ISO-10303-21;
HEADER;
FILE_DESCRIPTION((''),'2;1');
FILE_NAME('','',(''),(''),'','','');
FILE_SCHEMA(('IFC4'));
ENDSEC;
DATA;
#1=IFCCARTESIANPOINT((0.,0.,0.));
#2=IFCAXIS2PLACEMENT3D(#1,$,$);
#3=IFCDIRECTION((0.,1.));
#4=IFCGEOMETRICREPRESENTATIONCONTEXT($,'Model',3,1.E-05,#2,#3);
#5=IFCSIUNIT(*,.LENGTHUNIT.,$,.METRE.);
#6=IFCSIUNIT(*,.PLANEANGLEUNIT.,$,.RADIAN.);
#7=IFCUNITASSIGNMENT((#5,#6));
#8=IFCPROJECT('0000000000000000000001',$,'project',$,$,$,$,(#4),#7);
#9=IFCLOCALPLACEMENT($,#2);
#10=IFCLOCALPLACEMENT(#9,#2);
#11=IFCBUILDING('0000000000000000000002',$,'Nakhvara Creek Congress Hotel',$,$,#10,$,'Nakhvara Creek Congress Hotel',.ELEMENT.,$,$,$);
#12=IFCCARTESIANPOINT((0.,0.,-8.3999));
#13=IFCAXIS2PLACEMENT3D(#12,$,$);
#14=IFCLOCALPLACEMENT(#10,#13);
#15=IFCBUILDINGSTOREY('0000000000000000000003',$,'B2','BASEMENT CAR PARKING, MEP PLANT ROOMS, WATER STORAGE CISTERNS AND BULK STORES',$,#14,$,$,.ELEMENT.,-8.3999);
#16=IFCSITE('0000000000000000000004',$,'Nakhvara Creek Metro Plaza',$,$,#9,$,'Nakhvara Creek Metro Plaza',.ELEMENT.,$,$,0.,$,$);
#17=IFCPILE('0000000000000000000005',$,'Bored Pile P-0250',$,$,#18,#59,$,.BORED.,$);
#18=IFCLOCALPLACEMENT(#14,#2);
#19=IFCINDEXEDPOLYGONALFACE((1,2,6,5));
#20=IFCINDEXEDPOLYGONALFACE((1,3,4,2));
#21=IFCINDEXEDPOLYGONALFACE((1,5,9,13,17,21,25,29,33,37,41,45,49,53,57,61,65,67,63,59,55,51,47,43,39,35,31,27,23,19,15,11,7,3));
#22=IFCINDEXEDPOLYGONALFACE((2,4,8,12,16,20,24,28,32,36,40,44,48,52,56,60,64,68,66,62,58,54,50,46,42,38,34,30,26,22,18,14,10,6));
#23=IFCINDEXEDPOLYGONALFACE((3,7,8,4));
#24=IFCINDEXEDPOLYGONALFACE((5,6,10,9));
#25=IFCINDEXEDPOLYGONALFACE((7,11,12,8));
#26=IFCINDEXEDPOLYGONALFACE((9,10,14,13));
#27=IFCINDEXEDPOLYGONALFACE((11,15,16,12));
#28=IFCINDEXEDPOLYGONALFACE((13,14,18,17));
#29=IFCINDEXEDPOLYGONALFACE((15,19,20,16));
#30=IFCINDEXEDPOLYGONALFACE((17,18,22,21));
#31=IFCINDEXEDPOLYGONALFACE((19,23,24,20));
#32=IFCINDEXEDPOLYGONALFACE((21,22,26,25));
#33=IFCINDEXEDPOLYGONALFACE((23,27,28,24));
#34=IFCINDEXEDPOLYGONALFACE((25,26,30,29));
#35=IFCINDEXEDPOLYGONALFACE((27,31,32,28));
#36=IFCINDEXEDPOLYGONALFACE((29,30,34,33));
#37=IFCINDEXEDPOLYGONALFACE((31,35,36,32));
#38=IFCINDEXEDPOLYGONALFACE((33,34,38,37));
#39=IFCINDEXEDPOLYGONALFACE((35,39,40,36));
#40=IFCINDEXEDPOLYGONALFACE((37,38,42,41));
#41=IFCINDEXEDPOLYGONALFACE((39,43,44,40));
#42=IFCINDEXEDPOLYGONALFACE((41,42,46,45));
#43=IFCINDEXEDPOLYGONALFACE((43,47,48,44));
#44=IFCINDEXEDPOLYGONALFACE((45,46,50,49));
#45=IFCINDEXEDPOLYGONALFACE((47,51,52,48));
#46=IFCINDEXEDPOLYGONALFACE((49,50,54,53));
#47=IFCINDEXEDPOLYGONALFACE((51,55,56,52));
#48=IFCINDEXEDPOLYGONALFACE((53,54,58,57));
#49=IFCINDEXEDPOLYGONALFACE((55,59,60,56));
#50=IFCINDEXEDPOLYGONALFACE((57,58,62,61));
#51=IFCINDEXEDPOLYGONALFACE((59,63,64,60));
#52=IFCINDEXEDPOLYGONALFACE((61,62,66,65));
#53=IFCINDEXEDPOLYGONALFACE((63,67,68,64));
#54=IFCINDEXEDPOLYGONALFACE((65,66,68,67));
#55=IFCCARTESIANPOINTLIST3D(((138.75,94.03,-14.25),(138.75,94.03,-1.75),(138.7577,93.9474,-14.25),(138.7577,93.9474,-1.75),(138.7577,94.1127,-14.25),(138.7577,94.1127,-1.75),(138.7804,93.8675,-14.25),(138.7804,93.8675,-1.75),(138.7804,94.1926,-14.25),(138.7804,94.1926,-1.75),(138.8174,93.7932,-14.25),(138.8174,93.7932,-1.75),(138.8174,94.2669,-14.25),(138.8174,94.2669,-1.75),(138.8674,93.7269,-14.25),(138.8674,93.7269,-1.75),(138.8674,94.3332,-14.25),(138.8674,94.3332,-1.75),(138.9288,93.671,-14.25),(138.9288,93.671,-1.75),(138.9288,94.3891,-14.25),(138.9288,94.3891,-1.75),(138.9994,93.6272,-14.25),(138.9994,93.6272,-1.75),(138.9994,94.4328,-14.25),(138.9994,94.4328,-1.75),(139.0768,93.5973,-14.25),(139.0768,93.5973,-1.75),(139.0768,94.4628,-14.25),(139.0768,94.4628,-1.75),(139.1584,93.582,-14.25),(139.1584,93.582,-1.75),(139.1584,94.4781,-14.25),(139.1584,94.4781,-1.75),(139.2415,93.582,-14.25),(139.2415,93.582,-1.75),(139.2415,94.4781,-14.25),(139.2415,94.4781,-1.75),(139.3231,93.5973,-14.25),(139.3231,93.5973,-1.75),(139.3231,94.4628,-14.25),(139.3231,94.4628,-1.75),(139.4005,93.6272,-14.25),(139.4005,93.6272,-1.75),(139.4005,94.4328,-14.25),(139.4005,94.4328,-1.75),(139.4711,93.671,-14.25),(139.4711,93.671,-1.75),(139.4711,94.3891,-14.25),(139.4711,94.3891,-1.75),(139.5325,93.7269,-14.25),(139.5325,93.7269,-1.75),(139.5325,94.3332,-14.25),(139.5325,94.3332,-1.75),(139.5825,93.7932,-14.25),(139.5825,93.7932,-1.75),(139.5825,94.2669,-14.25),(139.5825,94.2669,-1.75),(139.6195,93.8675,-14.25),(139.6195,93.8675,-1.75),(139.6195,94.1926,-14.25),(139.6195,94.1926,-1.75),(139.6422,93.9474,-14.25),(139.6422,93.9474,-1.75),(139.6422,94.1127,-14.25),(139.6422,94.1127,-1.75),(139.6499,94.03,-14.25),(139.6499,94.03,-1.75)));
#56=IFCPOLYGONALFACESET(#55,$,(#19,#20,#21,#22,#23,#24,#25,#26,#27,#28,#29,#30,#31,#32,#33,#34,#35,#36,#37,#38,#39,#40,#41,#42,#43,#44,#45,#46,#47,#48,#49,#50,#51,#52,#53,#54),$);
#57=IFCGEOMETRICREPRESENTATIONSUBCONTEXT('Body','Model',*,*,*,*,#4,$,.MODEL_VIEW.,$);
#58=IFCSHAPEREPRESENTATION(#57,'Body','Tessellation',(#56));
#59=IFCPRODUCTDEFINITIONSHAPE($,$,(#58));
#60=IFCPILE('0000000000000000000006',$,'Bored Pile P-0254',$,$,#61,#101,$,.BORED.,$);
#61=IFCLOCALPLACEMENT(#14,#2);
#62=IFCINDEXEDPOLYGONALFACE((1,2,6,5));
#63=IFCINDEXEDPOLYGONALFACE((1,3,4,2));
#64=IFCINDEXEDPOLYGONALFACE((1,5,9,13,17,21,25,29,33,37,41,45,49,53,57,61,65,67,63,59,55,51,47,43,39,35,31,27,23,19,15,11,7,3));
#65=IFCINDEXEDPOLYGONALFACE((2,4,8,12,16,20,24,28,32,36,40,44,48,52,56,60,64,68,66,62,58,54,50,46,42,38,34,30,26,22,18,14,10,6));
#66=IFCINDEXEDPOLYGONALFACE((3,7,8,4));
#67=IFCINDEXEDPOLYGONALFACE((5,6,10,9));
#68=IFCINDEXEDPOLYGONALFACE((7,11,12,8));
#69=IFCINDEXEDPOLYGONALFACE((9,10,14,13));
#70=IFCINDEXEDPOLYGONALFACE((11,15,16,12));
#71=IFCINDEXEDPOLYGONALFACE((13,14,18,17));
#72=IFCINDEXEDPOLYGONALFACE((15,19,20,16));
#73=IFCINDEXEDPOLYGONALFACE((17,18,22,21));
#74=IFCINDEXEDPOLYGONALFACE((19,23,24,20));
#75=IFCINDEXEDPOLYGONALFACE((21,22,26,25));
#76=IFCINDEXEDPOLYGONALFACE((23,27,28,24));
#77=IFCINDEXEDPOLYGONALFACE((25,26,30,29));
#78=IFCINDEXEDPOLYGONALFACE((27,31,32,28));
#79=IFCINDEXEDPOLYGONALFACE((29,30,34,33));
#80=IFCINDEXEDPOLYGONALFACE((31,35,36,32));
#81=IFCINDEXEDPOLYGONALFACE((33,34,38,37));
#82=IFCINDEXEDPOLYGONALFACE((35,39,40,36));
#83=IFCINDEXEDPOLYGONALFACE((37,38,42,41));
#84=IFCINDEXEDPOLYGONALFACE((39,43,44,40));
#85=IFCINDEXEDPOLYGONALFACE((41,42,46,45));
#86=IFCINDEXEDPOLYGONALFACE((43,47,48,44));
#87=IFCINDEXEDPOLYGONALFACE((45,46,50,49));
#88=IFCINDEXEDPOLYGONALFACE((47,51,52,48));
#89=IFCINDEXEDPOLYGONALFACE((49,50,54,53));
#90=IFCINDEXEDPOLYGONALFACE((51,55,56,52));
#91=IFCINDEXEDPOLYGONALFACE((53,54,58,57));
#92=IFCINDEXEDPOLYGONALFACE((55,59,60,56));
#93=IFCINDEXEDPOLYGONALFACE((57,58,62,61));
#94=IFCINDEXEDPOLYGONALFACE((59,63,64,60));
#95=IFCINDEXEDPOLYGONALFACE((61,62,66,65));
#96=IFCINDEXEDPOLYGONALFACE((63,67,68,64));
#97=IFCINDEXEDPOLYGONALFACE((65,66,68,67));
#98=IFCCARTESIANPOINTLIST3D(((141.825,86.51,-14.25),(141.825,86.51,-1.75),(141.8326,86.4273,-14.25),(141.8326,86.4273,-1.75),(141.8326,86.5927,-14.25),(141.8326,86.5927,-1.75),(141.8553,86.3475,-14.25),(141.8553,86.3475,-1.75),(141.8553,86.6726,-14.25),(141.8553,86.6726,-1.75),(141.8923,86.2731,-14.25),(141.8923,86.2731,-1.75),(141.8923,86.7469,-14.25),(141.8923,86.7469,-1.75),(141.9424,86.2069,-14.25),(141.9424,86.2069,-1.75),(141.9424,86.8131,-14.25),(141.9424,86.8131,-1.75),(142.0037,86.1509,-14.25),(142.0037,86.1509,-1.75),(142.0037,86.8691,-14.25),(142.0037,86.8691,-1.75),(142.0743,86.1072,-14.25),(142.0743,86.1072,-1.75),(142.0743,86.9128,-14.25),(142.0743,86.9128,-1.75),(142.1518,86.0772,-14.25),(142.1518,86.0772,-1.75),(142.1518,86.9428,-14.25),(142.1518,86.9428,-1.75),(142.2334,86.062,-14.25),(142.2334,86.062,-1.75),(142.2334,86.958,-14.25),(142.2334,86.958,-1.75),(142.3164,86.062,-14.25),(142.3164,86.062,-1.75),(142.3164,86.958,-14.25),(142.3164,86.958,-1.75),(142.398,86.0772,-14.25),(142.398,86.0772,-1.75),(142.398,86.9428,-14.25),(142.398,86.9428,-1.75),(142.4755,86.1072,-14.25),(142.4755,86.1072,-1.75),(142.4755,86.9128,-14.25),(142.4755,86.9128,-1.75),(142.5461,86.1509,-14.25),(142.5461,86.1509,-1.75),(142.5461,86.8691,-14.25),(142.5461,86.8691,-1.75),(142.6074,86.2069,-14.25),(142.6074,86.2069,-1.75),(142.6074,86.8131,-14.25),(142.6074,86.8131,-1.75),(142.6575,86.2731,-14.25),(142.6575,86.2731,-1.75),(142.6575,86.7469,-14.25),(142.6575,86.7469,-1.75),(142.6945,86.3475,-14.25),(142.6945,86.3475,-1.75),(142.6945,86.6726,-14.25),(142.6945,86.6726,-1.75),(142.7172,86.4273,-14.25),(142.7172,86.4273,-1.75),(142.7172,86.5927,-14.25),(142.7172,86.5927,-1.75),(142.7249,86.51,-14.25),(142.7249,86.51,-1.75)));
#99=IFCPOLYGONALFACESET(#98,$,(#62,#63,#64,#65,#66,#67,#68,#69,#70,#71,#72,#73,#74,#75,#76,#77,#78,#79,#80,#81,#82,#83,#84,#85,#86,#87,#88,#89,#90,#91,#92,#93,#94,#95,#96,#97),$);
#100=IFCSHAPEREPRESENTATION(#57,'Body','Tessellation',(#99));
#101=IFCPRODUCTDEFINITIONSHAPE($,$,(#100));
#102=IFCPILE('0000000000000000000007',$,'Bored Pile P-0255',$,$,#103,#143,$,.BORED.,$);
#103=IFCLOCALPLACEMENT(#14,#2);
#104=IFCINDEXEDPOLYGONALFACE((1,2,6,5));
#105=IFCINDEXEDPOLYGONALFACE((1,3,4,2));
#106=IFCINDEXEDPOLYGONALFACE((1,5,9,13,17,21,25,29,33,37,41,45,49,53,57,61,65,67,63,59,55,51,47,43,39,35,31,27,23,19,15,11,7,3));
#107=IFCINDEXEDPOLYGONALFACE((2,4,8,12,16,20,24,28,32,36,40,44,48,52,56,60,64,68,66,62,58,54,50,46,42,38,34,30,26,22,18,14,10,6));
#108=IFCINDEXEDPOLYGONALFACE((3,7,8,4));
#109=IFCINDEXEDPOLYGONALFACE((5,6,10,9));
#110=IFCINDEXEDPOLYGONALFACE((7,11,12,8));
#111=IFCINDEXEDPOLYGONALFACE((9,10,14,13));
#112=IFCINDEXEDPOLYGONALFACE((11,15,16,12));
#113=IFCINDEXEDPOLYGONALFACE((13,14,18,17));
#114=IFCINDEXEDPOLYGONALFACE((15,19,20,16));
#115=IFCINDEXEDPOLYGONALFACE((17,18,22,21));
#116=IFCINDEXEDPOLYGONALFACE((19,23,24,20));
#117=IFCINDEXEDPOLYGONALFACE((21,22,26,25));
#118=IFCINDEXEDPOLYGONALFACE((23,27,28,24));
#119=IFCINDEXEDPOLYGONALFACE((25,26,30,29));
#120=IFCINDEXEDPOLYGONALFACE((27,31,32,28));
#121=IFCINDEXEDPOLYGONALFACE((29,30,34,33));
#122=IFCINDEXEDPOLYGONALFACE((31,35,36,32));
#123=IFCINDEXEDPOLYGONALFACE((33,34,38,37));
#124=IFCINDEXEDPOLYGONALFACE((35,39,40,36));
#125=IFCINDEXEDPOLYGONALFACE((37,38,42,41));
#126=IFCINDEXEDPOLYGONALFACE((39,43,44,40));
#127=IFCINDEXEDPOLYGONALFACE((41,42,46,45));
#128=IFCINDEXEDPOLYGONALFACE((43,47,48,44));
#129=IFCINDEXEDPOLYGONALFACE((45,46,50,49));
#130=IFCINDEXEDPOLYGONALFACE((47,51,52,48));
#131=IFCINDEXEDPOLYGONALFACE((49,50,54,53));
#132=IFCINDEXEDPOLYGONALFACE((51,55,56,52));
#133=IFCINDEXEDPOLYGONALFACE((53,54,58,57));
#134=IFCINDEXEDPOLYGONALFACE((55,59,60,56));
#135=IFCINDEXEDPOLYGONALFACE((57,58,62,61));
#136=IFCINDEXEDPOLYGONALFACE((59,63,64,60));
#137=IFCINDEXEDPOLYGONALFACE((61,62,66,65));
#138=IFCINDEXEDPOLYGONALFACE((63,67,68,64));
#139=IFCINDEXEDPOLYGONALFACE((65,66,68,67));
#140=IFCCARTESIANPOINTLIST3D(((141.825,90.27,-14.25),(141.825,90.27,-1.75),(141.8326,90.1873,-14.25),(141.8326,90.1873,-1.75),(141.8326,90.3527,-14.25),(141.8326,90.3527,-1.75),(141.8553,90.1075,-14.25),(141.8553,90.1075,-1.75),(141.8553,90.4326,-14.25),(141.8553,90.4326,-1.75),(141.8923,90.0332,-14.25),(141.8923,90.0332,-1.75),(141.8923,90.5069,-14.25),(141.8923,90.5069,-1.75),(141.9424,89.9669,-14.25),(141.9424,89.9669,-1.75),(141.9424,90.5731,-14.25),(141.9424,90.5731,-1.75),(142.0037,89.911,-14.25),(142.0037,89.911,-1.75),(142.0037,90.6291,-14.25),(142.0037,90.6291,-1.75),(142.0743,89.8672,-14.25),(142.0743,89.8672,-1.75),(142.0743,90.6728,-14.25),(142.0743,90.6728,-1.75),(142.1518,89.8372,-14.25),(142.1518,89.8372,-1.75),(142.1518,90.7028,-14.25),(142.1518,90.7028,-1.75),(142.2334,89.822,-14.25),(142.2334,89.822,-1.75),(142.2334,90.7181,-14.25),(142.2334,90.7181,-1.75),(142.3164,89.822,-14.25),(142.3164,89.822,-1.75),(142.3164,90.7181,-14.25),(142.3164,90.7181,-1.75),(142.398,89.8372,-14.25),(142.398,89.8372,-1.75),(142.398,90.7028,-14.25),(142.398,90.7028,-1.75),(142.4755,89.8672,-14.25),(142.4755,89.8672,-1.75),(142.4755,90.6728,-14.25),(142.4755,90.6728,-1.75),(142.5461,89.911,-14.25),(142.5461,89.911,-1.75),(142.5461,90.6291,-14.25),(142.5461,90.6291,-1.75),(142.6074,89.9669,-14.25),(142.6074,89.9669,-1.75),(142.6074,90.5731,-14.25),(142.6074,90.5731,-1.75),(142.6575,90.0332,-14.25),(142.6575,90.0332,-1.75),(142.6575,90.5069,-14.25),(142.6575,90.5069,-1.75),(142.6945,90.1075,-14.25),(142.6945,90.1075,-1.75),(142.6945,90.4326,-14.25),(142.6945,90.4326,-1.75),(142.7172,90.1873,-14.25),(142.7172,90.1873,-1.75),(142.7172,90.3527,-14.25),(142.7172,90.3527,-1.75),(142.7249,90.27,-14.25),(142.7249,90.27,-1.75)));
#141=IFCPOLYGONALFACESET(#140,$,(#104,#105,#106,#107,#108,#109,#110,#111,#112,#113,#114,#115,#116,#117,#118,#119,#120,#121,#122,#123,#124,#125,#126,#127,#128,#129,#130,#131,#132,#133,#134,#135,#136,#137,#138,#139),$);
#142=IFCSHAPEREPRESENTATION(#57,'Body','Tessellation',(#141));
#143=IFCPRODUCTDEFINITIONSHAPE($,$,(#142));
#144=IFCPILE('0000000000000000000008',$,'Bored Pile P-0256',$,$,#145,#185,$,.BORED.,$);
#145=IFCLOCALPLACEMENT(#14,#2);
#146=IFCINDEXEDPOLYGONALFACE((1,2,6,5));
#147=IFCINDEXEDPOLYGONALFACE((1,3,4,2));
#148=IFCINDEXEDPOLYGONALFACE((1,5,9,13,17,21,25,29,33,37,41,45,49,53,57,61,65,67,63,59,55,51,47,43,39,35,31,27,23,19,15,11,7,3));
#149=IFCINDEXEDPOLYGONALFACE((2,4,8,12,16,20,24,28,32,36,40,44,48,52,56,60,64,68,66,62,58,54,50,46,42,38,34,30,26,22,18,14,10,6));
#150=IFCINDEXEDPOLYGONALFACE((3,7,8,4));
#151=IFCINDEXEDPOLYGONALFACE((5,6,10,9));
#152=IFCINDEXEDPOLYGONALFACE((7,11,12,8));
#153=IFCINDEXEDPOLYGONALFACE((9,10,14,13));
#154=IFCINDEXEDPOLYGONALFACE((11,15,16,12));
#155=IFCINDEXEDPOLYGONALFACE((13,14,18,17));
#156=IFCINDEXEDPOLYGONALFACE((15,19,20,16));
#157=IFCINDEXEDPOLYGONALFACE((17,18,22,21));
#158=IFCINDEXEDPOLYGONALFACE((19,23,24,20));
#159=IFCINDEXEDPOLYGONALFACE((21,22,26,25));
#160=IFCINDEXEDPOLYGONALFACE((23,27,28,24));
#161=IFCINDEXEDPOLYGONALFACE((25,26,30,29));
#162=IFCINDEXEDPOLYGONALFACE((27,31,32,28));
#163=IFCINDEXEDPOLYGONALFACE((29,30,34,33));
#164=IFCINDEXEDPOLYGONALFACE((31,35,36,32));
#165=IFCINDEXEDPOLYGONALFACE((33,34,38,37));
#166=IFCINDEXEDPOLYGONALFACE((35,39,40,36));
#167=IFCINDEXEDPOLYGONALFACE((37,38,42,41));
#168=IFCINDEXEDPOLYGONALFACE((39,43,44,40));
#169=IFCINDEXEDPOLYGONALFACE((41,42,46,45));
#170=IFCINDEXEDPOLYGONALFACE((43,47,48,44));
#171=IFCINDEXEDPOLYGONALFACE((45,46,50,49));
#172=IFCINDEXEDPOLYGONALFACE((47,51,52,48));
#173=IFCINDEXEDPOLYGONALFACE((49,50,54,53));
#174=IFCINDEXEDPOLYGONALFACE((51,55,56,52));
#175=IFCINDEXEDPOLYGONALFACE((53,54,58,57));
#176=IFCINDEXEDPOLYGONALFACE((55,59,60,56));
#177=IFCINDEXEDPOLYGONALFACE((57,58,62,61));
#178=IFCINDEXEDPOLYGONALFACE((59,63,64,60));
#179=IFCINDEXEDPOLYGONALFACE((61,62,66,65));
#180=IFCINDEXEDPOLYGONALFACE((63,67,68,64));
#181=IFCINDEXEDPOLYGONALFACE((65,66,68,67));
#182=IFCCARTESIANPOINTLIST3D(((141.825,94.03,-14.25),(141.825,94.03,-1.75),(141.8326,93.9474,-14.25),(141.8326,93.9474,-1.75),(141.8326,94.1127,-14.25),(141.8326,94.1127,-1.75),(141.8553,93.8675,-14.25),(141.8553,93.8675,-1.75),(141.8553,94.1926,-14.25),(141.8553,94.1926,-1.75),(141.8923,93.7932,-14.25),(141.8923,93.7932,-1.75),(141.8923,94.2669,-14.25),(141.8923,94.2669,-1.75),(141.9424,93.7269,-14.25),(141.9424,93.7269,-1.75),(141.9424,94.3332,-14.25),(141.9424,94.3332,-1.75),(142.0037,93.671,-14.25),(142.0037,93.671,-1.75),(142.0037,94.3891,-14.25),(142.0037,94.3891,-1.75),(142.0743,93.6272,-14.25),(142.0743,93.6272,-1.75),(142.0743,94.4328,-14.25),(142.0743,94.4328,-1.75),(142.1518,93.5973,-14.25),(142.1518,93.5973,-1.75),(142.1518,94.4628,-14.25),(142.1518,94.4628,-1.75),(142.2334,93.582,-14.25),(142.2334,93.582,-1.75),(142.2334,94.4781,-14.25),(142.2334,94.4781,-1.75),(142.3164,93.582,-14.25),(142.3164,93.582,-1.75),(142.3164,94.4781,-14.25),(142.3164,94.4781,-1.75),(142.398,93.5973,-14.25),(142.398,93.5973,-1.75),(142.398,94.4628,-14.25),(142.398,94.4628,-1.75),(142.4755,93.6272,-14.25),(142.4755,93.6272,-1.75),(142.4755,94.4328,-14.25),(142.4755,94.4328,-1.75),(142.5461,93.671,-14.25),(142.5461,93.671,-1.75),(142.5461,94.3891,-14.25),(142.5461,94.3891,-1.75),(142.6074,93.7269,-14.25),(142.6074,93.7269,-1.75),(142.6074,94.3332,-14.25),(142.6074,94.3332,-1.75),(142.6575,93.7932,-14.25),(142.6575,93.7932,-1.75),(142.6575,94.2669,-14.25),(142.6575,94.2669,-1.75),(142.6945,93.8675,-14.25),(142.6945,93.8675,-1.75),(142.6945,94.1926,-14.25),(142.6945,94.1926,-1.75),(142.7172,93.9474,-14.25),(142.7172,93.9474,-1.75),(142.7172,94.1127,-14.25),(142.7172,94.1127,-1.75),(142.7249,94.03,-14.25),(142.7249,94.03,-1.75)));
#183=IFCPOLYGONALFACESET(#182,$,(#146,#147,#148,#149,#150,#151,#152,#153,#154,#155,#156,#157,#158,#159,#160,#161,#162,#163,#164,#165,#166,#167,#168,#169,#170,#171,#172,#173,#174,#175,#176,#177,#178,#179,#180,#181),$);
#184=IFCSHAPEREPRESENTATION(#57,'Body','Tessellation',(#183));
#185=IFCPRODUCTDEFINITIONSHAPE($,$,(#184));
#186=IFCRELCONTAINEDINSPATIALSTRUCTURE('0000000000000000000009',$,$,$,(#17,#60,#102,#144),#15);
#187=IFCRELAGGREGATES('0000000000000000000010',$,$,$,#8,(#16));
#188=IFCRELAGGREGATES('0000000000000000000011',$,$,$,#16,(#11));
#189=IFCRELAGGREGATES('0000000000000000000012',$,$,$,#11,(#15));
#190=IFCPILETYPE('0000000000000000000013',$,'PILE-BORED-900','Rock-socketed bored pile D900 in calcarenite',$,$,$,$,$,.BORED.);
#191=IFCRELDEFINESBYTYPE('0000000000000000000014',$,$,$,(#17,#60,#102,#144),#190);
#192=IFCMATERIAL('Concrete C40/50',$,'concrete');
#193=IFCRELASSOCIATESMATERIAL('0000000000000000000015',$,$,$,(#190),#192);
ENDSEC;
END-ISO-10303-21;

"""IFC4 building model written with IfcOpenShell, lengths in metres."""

from ifc_helpers import new_model, si_unit, direction, frame, origin, origin_2d, place, context, subcontext, project, spatial, circle, extrude, material, material_profile, profile_set, type_object, element, save


model = new_model("IFC4")

# Units and contexts
model_context = context("Model", 3, precision=1e-05, world=origin(), true_north=direction((0.0, 1.0)))
body_context = subcontext(model_context, "Body", "Model", "MODEL_VIEW")
ifc_project = project(units=[si_unit("LENGTHUNIT", "METRE"), si_unit("PLANEANGLEUNIT", "RADIAN")], contexts=[model_context])

# Site, building, storey
site_placement = place(None, origin())
site = spatial("IfcSite", under=ifc_project, at=site_placement, Name="Nakhvara Creek Metro Plaza", LongName="Nakhvara Creek Metro Plaza", CompositionType="ELEMENT", RefElevation=0.0)
building_placement = place(site_placement, origin())
building = spatial("IfcBuilding", under=site, at=building_placement, Name="Nakhvara Creek Congress Hotel", LongName="Nakhvara Creek Congress Hotel", CompositionType="ELEMENT")
storey_placement = place(building_placement, frame((0.0, 0.0, -8.3999)))
storey = spatial("IfcBuildingStorey", under=building, at=storey_placement, Name="B2", Description="BASEMENT CAR PARKING, MEP PLANT ROOMS, WATER STORAGE CISTERNS AND BULK STORES", CompositionType="ELEMENT", Elevation=-8.3999)

# Shared definitions
ifc_material_1 = material(Name="Concrete C40/50", Category="concrete")

# Piles
ifc_material_profile_1 = material_profile(ifc_material_1, circle(Radius=0.45, at=origin_2d()), Name="BORED PILE D900", Category="LoadBearing")
ifc_profile_set_1 = profile_set([ifc_material_profile_1], Name="Concrete C40/50")
pile_type_1 = type_object("IfcPileType", Name="PILE-BORED-900", Description="Rock-socketed bored pile D900 in calcarenite", PredefinedType="BORED", material=ifc_profile_set_1)
for number, where, z_axis, x_axis, name in (
    (1, (139.2, 94.03, -1.75), (0.0, 0.0, -1.0), (1.0, 0.0, 0.0), "Bored Pile P-0250"),
    (2, (142.2749, 86.51, -1.75), (0.0, 0.0, -1.0), (1.0, 0.0, 0.0), "Bored Pile P-0254"),
    (3, (142.2749, 90.27, -1.75), (0.0, 0.0, -1.0), (1.0, 0.0, 0.0), "Bored Pile P-0255"),
    (4, (142.2749, 94.03, -1.75), (0.0, 0.0, -1.0), (1.0, 0.0, 0.0), "Bored Pile P-0256"),
):
    element("IfcPile", number, at=place(storey_placement, frame(where, z_axis=z_axis, x_axis=x_axis)), inside=storey, type_object=pile_type_1, Name=name, PredefinedType="BORED", context=body_context, shape_type="SweptSolid", body=[
        extrude(circle(Radius=0.45, at=origin_2d()), origin(), (0.0, 0.0, 1.0), 12.5),
    ])

save(model, "model.ifc")
